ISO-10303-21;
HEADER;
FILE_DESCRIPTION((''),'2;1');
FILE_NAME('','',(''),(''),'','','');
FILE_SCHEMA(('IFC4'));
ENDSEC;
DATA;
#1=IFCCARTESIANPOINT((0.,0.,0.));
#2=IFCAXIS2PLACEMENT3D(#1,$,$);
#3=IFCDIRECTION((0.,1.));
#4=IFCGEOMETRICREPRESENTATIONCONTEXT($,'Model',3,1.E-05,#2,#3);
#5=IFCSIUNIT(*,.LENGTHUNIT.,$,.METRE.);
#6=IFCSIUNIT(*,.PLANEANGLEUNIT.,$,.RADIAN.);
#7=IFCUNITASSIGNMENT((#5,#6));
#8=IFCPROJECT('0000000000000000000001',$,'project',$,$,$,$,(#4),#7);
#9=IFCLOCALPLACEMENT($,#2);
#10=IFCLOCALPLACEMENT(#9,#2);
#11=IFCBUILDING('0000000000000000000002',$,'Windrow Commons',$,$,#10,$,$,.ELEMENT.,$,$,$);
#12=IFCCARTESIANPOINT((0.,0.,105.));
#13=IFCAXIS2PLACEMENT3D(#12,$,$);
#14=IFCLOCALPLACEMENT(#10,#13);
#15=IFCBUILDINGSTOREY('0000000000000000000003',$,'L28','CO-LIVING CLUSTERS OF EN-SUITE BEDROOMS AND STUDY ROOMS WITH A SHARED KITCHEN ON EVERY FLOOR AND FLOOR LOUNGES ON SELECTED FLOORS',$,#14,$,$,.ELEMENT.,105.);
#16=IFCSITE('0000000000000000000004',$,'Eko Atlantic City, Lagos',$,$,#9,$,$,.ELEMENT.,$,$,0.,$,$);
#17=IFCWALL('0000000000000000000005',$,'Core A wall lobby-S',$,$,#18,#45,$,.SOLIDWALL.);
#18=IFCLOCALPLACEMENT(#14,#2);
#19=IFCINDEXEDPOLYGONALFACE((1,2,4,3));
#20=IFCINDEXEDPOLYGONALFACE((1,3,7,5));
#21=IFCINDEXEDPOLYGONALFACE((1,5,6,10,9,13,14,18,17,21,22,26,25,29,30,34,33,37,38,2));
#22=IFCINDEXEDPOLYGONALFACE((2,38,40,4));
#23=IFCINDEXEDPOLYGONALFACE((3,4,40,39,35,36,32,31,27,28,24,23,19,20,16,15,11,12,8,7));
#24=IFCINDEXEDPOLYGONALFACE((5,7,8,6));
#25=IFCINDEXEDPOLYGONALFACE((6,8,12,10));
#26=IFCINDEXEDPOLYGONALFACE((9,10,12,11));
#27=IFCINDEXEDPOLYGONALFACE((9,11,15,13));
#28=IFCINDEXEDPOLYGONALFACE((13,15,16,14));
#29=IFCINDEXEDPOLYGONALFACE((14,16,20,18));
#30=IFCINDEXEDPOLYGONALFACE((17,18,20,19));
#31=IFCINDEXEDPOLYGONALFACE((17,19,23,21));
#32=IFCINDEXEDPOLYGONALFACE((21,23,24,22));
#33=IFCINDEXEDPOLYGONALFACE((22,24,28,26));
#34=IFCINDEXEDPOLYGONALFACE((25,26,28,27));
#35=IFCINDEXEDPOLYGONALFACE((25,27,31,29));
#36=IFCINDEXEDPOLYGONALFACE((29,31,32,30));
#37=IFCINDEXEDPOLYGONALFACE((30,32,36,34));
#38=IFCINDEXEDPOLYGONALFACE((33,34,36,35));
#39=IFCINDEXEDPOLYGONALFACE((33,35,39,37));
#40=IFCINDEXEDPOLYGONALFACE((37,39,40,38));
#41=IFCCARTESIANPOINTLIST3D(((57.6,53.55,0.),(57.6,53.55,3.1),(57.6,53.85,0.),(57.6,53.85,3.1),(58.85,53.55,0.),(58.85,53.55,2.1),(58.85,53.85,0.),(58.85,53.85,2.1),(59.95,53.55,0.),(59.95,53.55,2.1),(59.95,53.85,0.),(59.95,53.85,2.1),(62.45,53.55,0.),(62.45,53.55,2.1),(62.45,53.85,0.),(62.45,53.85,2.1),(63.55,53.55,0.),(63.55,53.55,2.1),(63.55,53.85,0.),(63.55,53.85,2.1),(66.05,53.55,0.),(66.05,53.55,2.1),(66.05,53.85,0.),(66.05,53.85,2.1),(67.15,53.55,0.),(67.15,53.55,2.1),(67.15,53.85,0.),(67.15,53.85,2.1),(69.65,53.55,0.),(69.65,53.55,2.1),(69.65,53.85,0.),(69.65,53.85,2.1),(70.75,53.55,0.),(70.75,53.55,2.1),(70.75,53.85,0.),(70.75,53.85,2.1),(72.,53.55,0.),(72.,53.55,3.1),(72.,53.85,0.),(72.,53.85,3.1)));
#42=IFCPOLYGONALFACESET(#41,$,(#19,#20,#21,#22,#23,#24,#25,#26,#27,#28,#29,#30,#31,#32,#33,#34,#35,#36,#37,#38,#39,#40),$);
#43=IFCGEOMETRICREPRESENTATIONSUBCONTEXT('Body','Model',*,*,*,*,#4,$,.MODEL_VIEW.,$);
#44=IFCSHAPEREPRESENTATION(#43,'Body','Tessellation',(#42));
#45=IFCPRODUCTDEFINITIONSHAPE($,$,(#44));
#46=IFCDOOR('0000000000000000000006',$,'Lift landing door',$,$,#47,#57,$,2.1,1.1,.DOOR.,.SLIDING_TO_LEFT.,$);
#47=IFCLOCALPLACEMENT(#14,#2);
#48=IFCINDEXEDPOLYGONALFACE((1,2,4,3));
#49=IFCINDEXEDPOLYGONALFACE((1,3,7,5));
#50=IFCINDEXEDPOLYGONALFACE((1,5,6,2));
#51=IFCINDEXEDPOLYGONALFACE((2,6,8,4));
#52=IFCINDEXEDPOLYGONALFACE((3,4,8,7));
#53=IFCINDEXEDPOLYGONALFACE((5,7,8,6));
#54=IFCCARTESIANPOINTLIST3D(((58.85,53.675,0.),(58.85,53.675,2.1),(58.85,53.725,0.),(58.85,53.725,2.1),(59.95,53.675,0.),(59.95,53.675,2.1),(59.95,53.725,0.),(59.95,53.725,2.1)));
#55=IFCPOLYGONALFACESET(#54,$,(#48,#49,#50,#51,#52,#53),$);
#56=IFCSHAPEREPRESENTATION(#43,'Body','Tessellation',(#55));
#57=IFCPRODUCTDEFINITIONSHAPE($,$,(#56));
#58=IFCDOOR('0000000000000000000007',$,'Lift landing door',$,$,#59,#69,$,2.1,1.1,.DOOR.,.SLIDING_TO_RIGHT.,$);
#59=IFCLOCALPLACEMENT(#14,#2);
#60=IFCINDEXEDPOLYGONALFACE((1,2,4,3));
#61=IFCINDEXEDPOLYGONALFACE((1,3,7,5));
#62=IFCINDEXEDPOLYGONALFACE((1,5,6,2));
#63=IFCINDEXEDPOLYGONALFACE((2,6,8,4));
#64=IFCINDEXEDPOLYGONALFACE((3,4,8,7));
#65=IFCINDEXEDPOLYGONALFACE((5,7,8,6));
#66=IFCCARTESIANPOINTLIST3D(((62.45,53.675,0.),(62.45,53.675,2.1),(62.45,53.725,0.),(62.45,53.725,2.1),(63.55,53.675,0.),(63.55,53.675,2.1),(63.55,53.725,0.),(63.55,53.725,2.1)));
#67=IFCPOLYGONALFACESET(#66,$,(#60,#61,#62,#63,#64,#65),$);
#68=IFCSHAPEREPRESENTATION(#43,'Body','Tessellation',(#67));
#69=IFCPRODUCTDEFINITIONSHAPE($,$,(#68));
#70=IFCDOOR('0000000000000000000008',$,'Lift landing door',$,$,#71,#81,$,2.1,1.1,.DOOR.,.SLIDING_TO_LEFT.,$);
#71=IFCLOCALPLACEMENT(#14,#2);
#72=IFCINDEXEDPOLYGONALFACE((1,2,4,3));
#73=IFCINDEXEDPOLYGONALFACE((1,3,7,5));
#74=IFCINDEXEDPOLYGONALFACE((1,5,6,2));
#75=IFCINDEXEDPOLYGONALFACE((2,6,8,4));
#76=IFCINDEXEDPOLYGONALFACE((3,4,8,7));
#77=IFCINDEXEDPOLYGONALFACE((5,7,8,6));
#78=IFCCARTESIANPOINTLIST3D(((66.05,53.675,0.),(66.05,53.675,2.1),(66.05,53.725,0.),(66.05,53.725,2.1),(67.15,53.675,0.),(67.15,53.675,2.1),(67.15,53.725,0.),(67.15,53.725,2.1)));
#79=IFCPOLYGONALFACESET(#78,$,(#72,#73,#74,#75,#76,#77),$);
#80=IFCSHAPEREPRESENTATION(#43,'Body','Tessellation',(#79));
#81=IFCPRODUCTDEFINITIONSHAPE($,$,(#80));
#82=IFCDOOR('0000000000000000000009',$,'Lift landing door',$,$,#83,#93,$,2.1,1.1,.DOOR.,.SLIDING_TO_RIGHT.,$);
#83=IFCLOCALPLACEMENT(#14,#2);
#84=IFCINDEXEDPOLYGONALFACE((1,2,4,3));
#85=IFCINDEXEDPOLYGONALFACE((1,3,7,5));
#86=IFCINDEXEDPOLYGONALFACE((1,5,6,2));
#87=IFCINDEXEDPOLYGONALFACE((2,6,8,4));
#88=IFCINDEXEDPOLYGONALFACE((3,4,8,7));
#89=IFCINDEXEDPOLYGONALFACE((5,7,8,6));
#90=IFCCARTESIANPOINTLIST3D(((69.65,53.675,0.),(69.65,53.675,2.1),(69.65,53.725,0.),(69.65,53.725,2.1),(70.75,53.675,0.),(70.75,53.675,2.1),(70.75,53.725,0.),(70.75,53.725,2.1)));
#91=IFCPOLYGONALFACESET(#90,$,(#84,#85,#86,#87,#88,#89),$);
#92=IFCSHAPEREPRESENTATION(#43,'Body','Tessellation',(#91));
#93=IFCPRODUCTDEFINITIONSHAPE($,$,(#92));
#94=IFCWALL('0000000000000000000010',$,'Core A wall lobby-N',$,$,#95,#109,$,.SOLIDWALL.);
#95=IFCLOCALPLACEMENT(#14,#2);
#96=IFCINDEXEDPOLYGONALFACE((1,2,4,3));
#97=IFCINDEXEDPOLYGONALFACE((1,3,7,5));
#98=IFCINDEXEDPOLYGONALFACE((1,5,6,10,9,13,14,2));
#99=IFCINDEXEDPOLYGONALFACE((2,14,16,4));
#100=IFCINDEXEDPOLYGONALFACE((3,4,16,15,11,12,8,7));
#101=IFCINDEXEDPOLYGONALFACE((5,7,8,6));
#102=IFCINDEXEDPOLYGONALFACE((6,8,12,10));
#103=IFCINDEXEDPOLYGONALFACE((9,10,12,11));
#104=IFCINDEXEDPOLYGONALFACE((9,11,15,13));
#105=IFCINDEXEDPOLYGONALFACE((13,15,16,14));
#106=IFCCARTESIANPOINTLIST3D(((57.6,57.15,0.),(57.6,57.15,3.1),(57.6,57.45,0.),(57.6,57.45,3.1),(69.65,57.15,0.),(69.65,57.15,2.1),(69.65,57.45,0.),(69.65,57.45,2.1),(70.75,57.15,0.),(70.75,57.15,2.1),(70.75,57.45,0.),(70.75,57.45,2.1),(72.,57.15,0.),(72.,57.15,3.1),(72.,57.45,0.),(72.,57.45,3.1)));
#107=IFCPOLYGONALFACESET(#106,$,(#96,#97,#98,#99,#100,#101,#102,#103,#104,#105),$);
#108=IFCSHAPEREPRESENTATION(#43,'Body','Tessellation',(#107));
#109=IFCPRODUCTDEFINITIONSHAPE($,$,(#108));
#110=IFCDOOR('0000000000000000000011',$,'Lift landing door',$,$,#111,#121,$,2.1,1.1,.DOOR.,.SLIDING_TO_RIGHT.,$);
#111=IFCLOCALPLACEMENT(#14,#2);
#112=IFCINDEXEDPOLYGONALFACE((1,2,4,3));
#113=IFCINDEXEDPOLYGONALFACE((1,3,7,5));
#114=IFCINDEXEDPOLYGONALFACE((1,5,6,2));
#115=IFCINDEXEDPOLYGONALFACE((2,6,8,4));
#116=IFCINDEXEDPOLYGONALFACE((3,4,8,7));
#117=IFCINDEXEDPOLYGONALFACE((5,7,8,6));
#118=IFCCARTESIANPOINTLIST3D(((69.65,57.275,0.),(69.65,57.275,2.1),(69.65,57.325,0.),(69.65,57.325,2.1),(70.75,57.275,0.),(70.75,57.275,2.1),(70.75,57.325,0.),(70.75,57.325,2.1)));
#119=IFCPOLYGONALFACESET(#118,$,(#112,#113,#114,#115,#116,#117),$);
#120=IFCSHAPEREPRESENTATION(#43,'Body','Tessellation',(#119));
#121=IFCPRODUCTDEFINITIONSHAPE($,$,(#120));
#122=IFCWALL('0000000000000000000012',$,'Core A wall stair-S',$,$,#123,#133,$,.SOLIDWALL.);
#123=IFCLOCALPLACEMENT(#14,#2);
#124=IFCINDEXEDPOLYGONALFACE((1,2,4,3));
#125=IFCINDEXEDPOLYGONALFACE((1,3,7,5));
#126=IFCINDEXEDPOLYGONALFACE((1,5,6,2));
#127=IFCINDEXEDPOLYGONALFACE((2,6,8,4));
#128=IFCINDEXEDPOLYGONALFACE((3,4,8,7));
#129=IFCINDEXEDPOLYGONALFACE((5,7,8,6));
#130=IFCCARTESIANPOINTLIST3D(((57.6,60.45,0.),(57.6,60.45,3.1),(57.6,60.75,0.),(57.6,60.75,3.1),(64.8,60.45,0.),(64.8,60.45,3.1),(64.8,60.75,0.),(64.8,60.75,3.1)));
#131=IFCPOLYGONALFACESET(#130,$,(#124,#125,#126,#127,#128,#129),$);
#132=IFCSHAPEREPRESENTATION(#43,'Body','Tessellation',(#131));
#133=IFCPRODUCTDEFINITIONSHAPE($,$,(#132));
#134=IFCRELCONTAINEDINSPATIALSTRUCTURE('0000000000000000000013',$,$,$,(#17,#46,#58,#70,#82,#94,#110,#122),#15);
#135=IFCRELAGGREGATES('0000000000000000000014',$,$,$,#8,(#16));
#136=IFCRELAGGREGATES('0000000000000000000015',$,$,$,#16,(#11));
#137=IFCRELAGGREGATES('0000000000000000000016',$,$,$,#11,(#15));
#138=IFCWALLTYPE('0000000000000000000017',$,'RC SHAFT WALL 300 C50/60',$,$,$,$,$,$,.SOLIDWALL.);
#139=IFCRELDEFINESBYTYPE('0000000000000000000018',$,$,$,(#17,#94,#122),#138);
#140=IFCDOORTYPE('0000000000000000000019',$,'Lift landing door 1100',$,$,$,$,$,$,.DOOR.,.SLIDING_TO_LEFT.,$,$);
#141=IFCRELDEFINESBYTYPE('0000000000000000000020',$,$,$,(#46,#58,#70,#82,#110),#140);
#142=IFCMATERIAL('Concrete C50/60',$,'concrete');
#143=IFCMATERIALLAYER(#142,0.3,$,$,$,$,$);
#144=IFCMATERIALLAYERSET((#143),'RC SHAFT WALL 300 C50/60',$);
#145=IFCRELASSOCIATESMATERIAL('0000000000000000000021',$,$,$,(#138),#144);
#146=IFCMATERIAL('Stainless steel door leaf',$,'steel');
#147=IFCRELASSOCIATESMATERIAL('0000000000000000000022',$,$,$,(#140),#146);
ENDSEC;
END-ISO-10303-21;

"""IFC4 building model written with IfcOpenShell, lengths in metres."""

from ifc_helpers import new_model, si_unit, direction, frame, frame_2d, origin, place, context, subcontext, project, spatial, rectangle, extrude, material, layer, layer_set, type_object, element, fill, save


model = new_model("IFC4")

# Units and contexts
model_context = context("Model", 3, precision=1e-05, world=origin(), true_north=direction((0.0, 1.0)))
body_context = subcontext(model_context, "Body", "Model", "MODEL_VIEW")
ifc_project = project(units=[si_unit("LENGTHUNIT", "METRE"), si_unit("PLANEANGLEUNIT", "RADIAN")], contexts=[model_context])

# Site, building, storey
site_placement = place(None, origin())
site = spatial("IfcSite", under=ifc_project, at=site_placement, Name="Eko Atlantic City, Lagos", CompositionType="ELEMENT", RefElevation=0.0)
building_placement = place(site_placement, origin())
building = spatial("IfcBuilding", under=site, at=building_placement, Name="Windrow Commons", CompositionType="ELEMENT")
storey_placement = place(building_placement, frame((0.0, 0.0, 105.0)))
storey = spatial("IfcBuildingStorey", under=building, at=storey_placement, Name="L28", Description="CO-LIVING CLUSTERS OF EN-SUITE BEDROOMS AND STUDY ROOMS WITH A SHARED KITCHEN ON EVERY FLOOR AND FLOOR LOUNGES ON SELECTED FLOORS", CompositionType="ELEMENT", Elevation=105.0)

# Wall, openings, doors
ifc_material_1 = material(Name="Concrete C50/60", Category="concrete")
ifc_layer_1 = layer(ifc_material_1, 0.3)
ifc_layer_set_1 = layer_set([ifc_layer_1], Name="RC SHAFT WALL 300 C50/60")
wall_type_1 = type_object("IfcWallType", Name="RC SHAFT WALL 300 C50/60", PredefinedType="SOLIDWALL", material=ifc_layer_set_1)
wall_1_placement = place(storey_placement, frame((57.6, 53.7, 0.0), z_axis=(0.0, 0.0, 1.0), x_axis=(1.0, 0.0, 0.0)))
wall_1 = element("IfcWall", 1, at=wall_1_placement, inside=storey, type_object=wall_type_1, Name="Core A wall lobby-S", PredefinedType="SOLIDWALL", context=body_context, shape_type="SweptSolid", body=[
    extrude(rectangle(XDim=14.4, YDim=0.3, at=frame_2d((7.2, 0.0))), origin(), (0.0, 0.0, 1.0), 3.1),
])
opening_1_placement = place(wall_1_placement, frame((1.25, 0.0, 0.0)))
opening_1 = element("IfcOpeningElement", 2, at=opening_1_placement, cuts=wall_1, PredefinedType="OPENING", context=body_context, shape_type="SweptSolid", body=[
    extrude(rectangle(XDim=1.1, YDim=2.1, at=frame_2d((0.55, 1.05))), frame((0.0, 0.16, 0.0), z_axis=(0.0, -1.0, 0.0), x_axis=(1.0, 0.0, 0.0)), (0.0, 0.0, 1.0), 0.32),
])
opening_2_placement = place(wall_1_placement, frame((4.85, 0.0, 0.0)))
opening_2 = element("IfcOpeningElement", 3, at=opening_2_placement, cuts=wall_1, PredefinedType="OPENING", context=body_context, shape_type="SweptSolid", body=[
    extrude(rectangle(XDim=1.1, YDim=2.1, at=frame_2d((0.55, 1.05))), frame((0.0, 0.16, 0.0), z_axis=(0.0, -1.0, 0.0), x_axis=(1.0, 0.0, 0.0)), (0.0, 0.0, 1.0), 0.32),
])
opening_3_placement = place(wall_1_placement, frame((8.45, 0.0, 0.0)))
opening_3 = element("IfcOpeningElement", 4, at=opening_3_placement, cuts=wall_1, PredefinedType="OPENING", context=body_context, shape_type="SweptSolid", body=[
    extrude(rectangle(XDim=1.1, YDim=2.1, at=frame_2d((0.55, 1.05))), frame((0.0, 0.16, 0.0), z_axis=(0.0, -1.0, 0.0), x_axis=(1.0, 0.0, 0.0)), (0.0, 0.0, 1.0), 0.32),
])
opening_4_placement = place(wall_1_placement, frame((12.05, 0.0, 0.0)))
opening_4 = element("IfcOpeningElement", 5, at=opening_4_placement, cuts=wall_1, PredefinedType="OPENING", context=body_context, shape_type="SweptSolid", body=[
    extrude(rectangle(XDim=1.1, YDim=2.1, at=frame_2d((0.55, 1.05))), frame((0.0, 0.16, 0.0), z_axis=(0.0, -1.0, 0.0), x_axis=(1.0, 0.0, 0.0)), (0.0, 0.0, 1.0), 0.32),
])
ifc_material_2 = material(Name="Stainless steel door leaf", Category="steel")
door_type_1 = type_object("IfcDoorType", Name="Lift landing door 1100", OperationType="SLIDING_TO_LEFT", PredefinedType="DOOR", material=ifc_material_2)
door_1_placement = place(opening_1_placement, origin())
door_1 = element("IfcDoor", 6, at=door_1_placement, inside=storey, type_object=door_type_1, Name="Lift landing door", OperationType="SLIDING_TO_LEFT", OverallHeight=2.1, OverallWidth=1.1, PredefinedType="DOOR", context=body_context, shape_type="SweptSolid", body=[
    extrude(rectangle(XDim=1.1, YDim=2.1, at=frame_2d((0.55, 1.05))), frame((0.0, 0.025, 0.0), z_axis=(0.0, -1.0, 0.0), x_axis=(1.0, 0.0, 0.0)), (0.0, 0.0, 1.0), 0.05),
])
fill(opening_1, door_1)
door_2_placement = place(opening_2_placement, origin())
door_2 = element("IfcDoor", 7, at=door_2_placement, inside=storey, type_object=door_type_1, Name="Lift landing door", OperationType="SLIDING_TO_RIGHT", OverallHeight=2.1, OverallWidth=1.1, PredefinedType="DOOR", context=body_context, shape_type="SweptSolid", body=[
    extrude(rectangle(XDim=1.1, YDim=2.1, at=frame_2d((0.55, 1.05))), frame((0.0, 0.025, 0.0), z_axis=(0.0, -1.0, 0.0), x_axis=(1.0, 0.0, 0.0)), (0.0, 0.0, 1.0), 0.05),
])
fill(opening_2, door_2)
door_3_placement = place(opening_3_placement, origin())
door_3 = element("IfcDoor", 8, at=door_3_placement, inside=storey, type_object=door_type_1, Name="Lift landing door", OperationType="SLIDING_TO_LEFT", OverallHeight=2.1, OverallWidth=1.1, PredefinedType="DOOR", context=body_context, shape_type="SweptSolid", body=[
    extrude(rectangle(XDim=1.1, YDim=2.1, at=frame_2d((0.55, 1.05))), frame((0.0, 0.025, 0.0), z_axis=(0.0, -1.0, 0.0), x_axis=(1.0, 0.0, 0.0)), (0.0, 0.0, 1.0), 0.05),
])
fill(opening_3, door_3)
door_4_placement = place(opening_4_placement, origin())
door_4 = element("IfcDoor", 9, at=door_4_placement, inside=storey, type_object=door_type_1, Name="Lift landing door", OperationType="SLIDING_TO_RIGHT", OverallHeight=2.1, OverallWidth=1.1, PredefinedType="DOOR", context=body_context, shape_type="SweptSolid", body=[
    extrude(rectangle(XDim=1.1, YDim=2.1, at=frame_2d((0.55, 1.05))), frame((0.0, 0.025, 0.0), z_axis=(0.0, -1.0, 0.0), x_axis=(1.0, 0.0, 0.0)), (0.0, 0.0, 1.0), 0.05),
])
fill(opening_4, door_4)

# Wall, opening, door
wall_2_placement = place(storey_placement, frame((57.6, 57.3, 0.0), z_axis=(0.0, 0.0, 1.0), x_axis=(1.0, 0.0, 0.0)))
wall_2 = element("IfcWall", 10, at=wall_2_placement, inside=storey, type_object=wall_type_1, Name="Core A wall lobby-N", PredefinedType="SOLIDWALL", context=body_context, shape_type="SweptSolid", body=[
    extrude(rectangle(XDim=14.4, YDim=0.3, at=frame_2d((7.2, 0.0))), origin(), (0.0, 0.0, 1.0), 3.1),
])
opening_5_placement = place(wall_2_placement, frame((12.05, 0.0, 0.0)))
opening_5 = element("IfcOpeningElement", 11, at=opening_5_placement, cuts=wall_2, PredefinedType="OPENING", context=body_context, shape_type="SweptSolid", body=[
    extrude(rectangle(XDim=1.1, YDim=2.1, at=frame_2d((0.55, 1.05))), frame((0.0, 0.16, 0.0), z_axis=(0.0, -1.0, 0.0), x_axis=(1.0, 0.0, 0.0)), (0.0, 0.0, 1.0), 0.32),
])
door_5_placement = place(opening_5_placement, origin())
door_5 = element("IfcDoor", 12, at=door_5_placement, inside=storey, type_object=door_type_1, Name="Lift landing door", OperationType="SLIDING_TO_RIGHT", OverallHeight=2.1, OverallWidth=1.1, PredefinedType="DOOR", context=body_context, shape_type="SweptSolid", body=[
    extrude(rectangle(XDim=1.1, YDim=2.1, at=frame_2d((0.55, 1.05))), frame((0.0, 0.025, 0.0), z_axis=(0.0, -1.0, 0.0), x_axis=(1.0, 0.0, 0.0)), (0.0, 0.0, 1.0), 0.05),
])
fill(opening_5, door_5)

# Wall
wall_3_placement = place(storey_placement, frame((57.6, 60.6, 0.0), z_axis=(0.0, 0.0, 1.0), x_axis=(1.0, 0.0, 0.0)))
element("IfcWall", 13, at=wall_3_placement, inside=storey, type_object=wall_type_1, Name="Core A wall stair-S", PredefinedType="SOLIDWALL", context=body_context, shape_type="SweptSolid", body=[
    extrude(rectangle(XDim=7.2, YDim=0.3, at=frame_2d((3.6, 0.0))), origin(), (0.0, 0.0, 1.0), 3.1),
])

save(model, "model.ifc")
